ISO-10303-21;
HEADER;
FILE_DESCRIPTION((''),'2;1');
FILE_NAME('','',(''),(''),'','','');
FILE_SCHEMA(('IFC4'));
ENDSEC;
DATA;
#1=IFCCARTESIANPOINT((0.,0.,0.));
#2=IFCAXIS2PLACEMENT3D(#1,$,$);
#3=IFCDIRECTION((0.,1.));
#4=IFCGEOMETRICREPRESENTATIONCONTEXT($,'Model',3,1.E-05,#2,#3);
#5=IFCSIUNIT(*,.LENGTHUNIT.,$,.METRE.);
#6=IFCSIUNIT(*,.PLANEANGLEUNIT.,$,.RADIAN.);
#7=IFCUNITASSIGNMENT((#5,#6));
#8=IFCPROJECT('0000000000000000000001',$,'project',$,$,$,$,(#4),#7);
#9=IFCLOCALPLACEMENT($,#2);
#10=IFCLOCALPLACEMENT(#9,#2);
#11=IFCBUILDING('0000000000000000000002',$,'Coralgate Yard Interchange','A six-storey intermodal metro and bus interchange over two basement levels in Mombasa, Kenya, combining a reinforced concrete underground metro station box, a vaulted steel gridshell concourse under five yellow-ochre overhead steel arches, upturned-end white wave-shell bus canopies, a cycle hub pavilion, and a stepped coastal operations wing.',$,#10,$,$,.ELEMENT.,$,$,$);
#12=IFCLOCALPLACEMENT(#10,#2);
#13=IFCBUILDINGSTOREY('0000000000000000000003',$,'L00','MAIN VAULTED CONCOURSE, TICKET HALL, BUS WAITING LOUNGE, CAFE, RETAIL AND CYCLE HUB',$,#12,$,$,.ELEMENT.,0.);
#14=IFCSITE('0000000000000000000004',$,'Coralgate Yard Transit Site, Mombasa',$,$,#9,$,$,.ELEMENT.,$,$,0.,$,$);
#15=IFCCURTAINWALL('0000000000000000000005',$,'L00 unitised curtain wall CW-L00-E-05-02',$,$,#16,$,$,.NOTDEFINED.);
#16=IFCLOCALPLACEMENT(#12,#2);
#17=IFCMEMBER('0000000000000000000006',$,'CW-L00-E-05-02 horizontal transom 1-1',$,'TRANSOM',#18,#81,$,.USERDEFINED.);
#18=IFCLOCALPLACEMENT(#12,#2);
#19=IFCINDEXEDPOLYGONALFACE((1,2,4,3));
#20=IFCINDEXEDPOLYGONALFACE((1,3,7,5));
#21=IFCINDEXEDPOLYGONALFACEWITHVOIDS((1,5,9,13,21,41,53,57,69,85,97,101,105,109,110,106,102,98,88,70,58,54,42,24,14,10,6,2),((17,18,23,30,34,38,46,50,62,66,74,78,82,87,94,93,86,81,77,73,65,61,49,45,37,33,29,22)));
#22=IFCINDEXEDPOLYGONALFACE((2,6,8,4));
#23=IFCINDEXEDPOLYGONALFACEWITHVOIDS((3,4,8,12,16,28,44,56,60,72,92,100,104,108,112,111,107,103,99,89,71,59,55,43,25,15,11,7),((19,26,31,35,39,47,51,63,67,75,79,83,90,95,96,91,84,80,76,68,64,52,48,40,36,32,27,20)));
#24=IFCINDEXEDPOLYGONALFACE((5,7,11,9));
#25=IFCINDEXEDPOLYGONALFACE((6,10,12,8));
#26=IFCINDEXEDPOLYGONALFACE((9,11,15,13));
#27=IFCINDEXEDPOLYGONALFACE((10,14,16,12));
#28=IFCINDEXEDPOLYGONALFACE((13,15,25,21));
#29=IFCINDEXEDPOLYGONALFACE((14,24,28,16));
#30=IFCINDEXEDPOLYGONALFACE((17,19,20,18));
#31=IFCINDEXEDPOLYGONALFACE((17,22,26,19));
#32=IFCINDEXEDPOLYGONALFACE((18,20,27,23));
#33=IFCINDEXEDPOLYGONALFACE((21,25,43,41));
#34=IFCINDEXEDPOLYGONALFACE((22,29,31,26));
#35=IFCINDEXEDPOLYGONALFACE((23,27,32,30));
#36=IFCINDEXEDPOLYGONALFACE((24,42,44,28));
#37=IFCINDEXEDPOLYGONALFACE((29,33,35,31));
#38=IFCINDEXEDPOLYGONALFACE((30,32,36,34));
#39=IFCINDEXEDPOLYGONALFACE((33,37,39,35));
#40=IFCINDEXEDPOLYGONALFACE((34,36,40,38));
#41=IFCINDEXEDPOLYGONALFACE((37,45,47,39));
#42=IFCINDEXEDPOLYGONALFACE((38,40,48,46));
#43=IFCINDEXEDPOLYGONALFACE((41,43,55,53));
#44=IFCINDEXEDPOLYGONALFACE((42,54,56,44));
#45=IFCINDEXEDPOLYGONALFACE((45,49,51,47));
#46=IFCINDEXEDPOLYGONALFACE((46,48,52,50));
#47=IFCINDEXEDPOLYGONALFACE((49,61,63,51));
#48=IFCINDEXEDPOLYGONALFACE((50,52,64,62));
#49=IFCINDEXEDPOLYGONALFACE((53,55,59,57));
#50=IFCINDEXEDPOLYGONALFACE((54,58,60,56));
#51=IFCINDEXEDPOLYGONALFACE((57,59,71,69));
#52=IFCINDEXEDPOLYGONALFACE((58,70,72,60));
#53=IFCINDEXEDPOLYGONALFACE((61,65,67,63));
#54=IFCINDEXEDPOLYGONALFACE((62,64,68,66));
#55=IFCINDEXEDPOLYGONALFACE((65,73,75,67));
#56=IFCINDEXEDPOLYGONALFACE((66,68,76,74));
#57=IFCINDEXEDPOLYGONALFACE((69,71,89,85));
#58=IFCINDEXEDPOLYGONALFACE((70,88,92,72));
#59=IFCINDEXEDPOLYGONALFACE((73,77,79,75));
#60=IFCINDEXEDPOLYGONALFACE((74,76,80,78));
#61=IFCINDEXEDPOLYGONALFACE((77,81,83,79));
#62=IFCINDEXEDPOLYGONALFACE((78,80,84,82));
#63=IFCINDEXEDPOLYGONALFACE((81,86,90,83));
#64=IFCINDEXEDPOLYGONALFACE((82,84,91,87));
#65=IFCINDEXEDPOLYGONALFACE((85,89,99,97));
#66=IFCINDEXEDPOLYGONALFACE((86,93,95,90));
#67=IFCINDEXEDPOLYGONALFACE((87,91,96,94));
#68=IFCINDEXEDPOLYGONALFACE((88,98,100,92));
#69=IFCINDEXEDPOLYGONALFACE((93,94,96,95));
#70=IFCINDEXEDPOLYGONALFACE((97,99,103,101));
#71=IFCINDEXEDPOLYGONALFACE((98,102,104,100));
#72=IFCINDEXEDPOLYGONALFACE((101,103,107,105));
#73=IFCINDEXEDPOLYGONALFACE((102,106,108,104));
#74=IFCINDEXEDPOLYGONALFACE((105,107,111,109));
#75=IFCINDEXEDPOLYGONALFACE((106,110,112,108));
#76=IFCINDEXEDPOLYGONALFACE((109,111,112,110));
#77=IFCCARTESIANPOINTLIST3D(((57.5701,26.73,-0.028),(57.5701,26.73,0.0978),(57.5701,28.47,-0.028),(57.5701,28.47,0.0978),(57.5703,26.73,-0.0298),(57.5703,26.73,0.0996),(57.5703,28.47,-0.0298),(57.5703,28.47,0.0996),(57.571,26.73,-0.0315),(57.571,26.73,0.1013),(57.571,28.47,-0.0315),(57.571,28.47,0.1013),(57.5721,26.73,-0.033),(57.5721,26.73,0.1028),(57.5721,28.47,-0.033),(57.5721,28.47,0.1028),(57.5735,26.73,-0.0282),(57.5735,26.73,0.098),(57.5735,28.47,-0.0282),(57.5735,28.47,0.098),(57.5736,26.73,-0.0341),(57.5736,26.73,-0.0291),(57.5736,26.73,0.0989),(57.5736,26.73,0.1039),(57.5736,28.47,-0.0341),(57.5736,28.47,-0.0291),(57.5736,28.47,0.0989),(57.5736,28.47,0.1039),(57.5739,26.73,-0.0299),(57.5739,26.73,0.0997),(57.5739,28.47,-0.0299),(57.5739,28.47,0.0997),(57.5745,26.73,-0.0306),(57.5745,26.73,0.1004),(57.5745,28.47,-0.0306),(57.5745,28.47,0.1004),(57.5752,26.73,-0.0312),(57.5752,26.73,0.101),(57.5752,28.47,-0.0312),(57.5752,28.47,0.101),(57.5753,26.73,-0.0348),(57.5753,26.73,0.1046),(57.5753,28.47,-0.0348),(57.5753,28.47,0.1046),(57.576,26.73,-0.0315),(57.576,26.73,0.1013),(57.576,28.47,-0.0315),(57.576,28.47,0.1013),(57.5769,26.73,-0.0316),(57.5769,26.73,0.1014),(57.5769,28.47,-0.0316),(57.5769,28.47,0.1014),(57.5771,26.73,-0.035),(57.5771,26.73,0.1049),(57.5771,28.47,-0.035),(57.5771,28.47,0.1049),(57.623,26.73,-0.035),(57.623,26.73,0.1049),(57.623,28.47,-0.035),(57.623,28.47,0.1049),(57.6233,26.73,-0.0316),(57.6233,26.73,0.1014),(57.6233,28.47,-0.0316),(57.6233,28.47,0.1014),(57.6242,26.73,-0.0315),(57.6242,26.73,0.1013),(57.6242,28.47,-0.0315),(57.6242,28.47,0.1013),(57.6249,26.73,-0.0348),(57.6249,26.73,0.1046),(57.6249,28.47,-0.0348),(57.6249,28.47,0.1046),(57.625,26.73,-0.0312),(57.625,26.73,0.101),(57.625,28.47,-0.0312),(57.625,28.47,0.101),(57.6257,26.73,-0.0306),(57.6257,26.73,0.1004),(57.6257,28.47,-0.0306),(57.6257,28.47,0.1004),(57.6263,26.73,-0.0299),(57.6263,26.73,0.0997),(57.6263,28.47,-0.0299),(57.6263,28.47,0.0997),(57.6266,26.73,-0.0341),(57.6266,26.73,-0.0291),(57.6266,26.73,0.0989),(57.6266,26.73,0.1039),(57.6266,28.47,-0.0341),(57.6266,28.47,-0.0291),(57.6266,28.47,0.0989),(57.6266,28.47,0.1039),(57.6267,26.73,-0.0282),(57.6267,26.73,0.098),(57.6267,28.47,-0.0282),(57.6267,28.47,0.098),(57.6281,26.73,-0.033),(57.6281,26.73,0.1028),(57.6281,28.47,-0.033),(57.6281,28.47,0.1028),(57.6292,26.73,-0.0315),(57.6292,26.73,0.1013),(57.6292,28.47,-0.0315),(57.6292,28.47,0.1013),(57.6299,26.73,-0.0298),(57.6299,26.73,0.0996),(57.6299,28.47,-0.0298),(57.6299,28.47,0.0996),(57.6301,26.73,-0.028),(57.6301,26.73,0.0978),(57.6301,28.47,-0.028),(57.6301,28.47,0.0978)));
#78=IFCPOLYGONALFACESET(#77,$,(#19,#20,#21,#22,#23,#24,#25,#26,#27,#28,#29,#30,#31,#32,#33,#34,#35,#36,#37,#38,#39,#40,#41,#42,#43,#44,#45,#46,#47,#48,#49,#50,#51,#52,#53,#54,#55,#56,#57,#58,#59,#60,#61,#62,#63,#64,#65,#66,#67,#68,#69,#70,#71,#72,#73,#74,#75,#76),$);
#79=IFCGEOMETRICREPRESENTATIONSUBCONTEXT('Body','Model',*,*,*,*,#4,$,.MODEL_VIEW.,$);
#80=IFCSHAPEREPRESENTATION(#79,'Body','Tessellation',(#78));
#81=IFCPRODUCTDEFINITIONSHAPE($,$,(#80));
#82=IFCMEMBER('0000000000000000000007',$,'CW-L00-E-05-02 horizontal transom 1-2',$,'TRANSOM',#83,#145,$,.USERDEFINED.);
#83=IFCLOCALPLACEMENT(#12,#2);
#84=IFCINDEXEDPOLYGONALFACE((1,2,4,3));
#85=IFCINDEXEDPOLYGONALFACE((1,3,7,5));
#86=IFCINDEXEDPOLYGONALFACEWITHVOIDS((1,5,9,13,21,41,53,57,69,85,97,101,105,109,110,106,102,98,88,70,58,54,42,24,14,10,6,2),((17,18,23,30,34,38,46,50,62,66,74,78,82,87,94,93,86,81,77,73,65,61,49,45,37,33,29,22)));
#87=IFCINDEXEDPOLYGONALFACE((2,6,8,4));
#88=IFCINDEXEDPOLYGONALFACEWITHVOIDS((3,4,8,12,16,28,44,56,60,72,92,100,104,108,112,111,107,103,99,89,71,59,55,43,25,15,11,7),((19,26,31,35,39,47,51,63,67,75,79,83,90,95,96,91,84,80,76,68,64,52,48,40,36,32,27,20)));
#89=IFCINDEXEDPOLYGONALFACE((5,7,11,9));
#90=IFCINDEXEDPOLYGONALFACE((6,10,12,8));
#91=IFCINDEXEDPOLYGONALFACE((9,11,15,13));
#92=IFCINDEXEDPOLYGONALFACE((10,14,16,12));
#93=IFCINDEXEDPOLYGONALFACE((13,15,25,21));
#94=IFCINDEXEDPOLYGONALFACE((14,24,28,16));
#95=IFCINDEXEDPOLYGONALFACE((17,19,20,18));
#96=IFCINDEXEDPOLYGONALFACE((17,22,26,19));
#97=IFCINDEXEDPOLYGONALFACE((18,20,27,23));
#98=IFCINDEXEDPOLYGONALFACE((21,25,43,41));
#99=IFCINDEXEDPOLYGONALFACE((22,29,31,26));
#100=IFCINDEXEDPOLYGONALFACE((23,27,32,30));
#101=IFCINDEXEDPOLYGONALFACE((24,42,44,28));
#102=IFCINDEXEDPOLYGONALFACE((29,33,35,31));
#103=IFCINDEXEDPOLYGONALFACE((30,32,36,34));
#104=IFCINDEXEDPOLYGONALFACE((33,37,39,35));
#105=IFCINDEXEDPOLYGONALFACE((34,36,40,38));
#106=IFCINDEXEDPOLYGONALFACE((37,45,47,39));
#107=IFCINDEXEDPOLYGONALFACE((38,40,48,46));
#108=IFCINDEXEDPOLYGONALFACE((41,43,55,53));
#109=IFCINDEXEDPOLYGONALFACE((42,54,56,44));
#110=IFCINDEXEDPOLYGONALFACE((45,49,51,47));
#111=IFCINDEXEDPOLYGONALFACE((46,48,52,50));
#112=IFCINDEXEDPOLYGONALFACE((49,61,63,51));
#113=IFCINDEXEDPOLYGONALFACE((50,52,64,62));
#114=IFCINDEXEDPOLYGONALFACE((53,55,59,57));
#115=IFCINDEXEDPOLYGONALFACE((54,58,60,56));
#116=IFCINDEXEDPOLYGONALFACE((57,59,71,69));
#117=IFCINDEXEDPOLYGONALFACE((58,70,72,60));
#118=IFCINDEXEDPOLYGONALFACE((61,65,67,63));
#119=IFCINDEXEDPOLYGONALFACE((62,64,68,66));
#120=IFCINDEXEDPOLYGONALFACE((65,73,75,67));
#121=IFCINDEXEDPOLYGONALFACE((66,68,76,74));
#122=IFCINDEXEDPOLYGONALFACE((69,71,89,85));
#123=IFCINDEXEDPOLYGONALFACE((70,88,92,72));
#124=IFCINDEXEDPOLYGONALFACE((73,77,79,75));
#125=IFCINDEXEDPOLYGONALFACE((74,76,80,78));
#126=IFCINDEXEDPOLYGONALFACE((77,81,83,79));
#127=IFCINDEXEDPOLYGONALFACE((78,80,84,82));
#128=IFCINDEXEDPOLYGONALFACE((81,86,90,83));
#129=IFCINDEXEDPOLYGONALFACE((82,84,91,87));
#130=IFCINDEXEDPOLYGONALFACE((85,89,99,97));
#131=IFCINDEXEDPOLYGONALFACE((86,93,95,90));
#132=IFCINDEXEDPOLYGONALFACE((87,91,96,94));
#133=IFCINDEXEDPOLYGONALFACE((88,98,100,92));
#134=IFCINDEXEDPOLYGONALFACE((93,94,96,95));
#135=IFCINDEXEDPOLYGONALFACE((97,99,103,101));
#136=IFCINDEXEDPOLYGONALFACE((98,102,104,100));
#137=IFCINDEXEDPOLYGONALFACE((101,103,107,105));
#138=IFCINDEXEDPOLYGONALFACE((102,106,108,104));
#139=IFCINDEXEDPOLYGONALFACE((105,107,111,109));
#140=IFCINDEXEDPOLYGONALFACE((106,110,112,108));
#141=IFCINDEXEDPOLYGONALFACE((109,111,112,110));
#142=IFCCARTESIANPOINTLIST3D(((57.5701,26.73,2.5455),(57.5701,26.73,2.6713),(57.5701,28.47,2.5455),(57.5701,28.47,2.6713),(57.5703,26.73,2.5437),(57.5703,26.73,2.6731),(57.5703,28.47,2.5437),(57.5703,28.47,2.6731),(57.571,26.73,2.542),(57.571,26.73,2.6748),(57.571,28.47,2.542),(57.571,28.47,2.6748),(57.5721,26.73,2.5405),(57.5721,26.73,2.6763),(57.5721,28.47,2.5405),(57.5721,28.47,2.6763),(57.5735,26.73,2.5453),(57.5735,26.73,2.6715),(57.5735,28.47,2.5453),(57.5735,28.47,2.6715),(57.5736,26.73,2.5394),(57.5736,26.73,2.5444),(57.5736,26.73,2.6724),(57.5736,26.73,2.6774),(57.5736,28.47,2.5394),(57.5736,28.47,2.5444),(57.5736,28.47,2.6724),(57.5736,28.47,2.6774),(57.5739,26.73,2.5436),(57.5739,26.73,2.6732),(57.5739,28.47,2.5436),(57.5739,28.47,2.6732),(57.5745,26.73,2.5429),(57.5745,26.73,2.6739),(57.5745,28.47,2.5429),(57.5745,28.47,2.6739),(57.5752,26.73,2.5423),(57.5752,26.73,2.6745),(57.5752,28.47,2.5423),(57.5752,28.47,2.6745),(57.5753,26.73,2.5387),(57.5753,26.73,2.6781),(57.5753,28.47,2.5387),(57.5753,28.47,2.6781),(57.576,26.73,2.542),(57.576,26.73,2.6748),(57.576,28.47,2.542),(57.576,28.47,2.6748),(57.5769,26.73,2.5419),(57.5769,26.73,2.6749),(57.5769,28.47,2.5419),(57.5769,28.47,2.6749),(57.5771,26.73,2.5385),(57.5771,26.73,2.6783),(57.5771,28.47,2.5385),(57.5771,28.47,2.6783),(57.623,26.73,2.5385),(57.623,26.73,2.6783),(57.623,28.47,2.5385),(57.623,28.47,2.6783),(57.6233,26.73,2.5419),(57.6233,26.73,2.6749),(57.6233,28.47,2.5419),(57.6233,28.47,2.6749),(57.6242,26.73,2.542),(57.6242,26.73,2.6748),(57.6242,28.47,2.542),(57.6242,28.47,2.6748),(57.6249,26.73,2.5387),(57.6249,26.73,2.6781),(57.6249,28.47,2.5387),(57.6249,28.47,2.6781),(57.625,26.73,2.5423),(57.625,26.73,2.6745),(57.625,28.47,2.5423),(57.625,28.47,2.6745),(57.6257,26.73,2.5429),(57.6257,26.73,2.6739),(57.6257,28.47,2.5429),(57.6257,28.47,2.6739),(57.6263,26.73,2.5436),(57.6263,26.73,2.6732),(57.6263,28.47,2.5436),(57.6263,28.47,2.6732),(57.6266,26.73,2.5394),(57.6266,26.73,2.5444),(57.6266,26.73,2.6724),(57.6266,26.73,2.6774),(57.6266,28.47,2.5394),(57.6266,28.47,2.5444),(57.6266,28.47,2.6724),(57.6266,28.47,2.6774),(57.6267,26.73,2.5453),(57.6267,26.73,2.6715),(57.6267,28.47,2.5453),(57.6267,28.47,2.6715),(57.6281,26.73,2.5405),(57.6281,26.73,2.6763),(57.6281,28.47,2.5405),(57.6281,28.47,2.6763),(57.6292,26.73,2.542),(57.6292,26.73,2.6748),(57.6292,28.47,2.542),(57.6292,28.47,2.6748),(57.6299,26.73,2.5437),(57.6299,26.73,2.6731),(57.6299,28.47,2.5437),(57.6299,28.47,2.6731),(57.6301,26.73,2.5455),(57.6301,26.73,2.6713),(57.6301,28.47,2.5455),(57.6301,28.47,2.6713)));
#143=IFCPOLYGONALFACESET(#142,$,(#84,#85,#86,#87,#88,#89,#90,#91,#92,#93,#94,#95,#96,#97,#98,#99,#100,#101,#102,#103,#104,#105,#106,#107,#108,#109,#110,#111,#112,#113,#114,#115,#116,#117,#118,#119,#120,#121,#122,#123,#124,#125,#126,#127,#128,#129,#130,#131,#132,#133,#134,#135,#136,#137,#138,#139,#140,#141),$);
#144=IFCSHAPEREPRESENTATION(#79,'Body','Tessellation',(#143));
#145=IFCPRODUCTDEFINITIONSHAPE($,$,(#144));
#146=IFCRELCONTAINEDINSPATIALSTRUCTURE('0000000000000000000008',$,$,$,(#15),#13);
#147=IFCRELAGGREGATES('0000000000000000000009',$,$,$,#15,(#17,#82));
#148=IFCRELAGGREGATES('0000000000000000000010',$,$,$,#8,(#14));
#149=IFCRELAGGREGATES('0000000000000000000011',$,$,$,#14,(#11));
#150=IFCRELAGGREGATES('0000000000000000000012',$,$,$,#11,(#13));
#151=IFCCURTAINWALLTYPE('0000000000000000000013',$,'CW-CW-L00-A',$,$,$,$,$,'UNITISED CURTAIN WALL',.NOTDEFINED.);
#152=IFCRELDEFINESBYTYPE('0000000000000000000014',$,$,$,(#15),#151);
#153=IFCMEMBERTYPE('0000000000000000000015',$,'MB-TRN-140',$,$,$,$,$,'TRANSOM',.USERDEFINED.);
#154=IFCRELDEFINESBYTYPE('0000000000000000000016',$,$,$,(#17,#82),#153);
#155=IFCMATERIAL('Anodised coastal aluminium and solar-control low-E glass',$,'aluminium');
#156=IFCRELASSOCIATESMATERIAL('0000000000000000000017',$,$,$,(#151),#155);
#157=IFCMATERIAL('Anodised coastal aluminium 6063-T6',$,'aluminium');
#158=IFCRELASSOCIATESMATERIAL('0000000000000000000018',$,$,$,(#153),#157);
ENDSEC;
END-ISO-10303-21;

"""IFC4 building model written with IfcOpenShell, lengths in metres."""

from ifc_helpers import new_model, si_unit, direction, frame, origin, origin_2d, place, context, subcontext, project, spatial, hollow_rectangle, extrude, material, material_profile, profile_set, type_object, element, aggregate, save


model = new_model("IFC4")

# Units and contexts
model_context = context("Model", 3, precision=1e-05, world=origin(), true_north=direction((0.0, 1.0)))
body_context = subcontext(model_context, "Body", "Model", "MODEL_VIEW")
ifc_project = project(units=[si_unit("LENGTHUNIT", "METRE"), si_unit("PLANEANGLEUNIT", "RADIAN")], contexts=[model_context])

# Site, building, storey
site_placement = place(None, origin())
site = spatial("IfcSite", under=ifc_project, at=site_placement, Name="Coralgate Yard Transit Site, Mombasa", CompositionType="ELEMENT", RefElevation=0.0)
building_placement = place(site_placement, origin())
building = spatial("IfcBuilding", under=site, at=building_placement, Name="Coralgate Yard Interchange", Description="A six-storey intermodal metro and bus interchange over two basement levels in Mombasa, Kenya, combining a reinforced concrete underground metro station box, a vaulted steel gridshell concourse under five yellow-ochre overhead steel arches, upturned-end white wave-shell bus canopies, a cycle hub pavilion, and a stepped coastal operations wing.", CompositionType="ELEMENT")
storey_placement = place(building_placement, origin())
storey = spatial("IfcBuildingStorey", under=building, at=storey_placement, Name="L00", Description="MAIN VAULTED CONCOURSE, TICKET HALL, BUS WAITING LOUNGE, CAFE, RETAIL AND CYCLE HUB", CompositionType="ELEMENT", Elevation=0.0)

# Curtain wall
ifc_material_1 = material(Name="Anodised coastal aluminium and solar-control low-E glass", Category="aluminium")
curtain_wall_type_1 = type_object("IfcCurtainWallType", Name="CW-CW-L00-A", ElementType="UNITISED CURTAIN WALL", PredefinedType="NOTDEFINED", material=ifc_material_1)
curtain_wall_1_placement = place(storey_placement, origin())
curtain_wall_1 = element("IfcCurtainWall", 1, at=curtain_wall_1_placement, inside=storey, type_object=curtain_wall_type_1, Name="L00 unitised curtain wall CW-L00-E-05-02", PredefinedType="NOTDEFINED")
ifc_material_2 = material(Name="Anodised coastal aluminium 6063-T6", Category="aluminium")

# Members
ifc_material_profile_1 = material_profile(ifc_material_2, hollow_rectangle(XDim=0.0601, YDim=0.1399, WallThickness=0.0034, InnerFilletRadius=0.0034, OuterFilletRadius=0.0071, at=origin_2d()), Name="ALU 60x140x3.5")
ifc_profile_set_1 = profile_set([ifc_material_profile_1], Name="Anodised coastal aluminium 6063-T6")
member_type_1 = type_object("IfcMemberType", Name="MB-TRN-140", ElementType="TRANSOM", PredefinedType="USERDEFINED", material=ifc_profile_set_1)
member_1_placement = place(storey_placement, frame((57.6001, 28.47, 0.0349), z_axis=(0.0, -1.0, 0.0), x_axis=(1.0, 0.0, 0.0)))
member_1 = element("IfcMember", 2, at=member_1_placement, type_object=member_type_1, Name="CW-L00-E-05-02 horizontal transom 1-1", ObjectType="TRANSOM", PredefinedType="USERDEFINED", context=body_context, shape_type="SweptSolid", body=[
    extrude(hollow_rectangle(XDim=0.0601, YDim=0.1399, WallThickness=0.0034, InnerFilletRadius=0.0034, OuterFilletRadius=0.0071, at=origin_2d()), origin(), (0.0, 0.0, 1.0), 1.74),
])
member_2_placement = place(storey_placement, frame((57.6001, 28.47, 2.6084), z_axis=(0.0, -1.0, 0.0), x_axis=(1.0, 0.0, 0.0)))
member_2 = element("IfcMember", 3, at=member_2_placement, type_object=member_type_1, Name="CW-L00-E-05-02 horizontal transom 1-2", ObjectType="TRANSOM", PredefinedType="USERDEFINED", context=body_context, shape_type="SweptSolid", body=[
    extrude(hollow_rectangle(XDim=0.0601, YDim=0.1399, WallThickness=0.0034, InnerFilletRadius=0.0034, OuterFilletRadius=0.0071, at=origin_2d()), origin(), (0.0, 0.0, 1.0), 1.74),
])

aggregate(curtain_wall_1, [member_1, member_2])

save(model, "model.ifc")
